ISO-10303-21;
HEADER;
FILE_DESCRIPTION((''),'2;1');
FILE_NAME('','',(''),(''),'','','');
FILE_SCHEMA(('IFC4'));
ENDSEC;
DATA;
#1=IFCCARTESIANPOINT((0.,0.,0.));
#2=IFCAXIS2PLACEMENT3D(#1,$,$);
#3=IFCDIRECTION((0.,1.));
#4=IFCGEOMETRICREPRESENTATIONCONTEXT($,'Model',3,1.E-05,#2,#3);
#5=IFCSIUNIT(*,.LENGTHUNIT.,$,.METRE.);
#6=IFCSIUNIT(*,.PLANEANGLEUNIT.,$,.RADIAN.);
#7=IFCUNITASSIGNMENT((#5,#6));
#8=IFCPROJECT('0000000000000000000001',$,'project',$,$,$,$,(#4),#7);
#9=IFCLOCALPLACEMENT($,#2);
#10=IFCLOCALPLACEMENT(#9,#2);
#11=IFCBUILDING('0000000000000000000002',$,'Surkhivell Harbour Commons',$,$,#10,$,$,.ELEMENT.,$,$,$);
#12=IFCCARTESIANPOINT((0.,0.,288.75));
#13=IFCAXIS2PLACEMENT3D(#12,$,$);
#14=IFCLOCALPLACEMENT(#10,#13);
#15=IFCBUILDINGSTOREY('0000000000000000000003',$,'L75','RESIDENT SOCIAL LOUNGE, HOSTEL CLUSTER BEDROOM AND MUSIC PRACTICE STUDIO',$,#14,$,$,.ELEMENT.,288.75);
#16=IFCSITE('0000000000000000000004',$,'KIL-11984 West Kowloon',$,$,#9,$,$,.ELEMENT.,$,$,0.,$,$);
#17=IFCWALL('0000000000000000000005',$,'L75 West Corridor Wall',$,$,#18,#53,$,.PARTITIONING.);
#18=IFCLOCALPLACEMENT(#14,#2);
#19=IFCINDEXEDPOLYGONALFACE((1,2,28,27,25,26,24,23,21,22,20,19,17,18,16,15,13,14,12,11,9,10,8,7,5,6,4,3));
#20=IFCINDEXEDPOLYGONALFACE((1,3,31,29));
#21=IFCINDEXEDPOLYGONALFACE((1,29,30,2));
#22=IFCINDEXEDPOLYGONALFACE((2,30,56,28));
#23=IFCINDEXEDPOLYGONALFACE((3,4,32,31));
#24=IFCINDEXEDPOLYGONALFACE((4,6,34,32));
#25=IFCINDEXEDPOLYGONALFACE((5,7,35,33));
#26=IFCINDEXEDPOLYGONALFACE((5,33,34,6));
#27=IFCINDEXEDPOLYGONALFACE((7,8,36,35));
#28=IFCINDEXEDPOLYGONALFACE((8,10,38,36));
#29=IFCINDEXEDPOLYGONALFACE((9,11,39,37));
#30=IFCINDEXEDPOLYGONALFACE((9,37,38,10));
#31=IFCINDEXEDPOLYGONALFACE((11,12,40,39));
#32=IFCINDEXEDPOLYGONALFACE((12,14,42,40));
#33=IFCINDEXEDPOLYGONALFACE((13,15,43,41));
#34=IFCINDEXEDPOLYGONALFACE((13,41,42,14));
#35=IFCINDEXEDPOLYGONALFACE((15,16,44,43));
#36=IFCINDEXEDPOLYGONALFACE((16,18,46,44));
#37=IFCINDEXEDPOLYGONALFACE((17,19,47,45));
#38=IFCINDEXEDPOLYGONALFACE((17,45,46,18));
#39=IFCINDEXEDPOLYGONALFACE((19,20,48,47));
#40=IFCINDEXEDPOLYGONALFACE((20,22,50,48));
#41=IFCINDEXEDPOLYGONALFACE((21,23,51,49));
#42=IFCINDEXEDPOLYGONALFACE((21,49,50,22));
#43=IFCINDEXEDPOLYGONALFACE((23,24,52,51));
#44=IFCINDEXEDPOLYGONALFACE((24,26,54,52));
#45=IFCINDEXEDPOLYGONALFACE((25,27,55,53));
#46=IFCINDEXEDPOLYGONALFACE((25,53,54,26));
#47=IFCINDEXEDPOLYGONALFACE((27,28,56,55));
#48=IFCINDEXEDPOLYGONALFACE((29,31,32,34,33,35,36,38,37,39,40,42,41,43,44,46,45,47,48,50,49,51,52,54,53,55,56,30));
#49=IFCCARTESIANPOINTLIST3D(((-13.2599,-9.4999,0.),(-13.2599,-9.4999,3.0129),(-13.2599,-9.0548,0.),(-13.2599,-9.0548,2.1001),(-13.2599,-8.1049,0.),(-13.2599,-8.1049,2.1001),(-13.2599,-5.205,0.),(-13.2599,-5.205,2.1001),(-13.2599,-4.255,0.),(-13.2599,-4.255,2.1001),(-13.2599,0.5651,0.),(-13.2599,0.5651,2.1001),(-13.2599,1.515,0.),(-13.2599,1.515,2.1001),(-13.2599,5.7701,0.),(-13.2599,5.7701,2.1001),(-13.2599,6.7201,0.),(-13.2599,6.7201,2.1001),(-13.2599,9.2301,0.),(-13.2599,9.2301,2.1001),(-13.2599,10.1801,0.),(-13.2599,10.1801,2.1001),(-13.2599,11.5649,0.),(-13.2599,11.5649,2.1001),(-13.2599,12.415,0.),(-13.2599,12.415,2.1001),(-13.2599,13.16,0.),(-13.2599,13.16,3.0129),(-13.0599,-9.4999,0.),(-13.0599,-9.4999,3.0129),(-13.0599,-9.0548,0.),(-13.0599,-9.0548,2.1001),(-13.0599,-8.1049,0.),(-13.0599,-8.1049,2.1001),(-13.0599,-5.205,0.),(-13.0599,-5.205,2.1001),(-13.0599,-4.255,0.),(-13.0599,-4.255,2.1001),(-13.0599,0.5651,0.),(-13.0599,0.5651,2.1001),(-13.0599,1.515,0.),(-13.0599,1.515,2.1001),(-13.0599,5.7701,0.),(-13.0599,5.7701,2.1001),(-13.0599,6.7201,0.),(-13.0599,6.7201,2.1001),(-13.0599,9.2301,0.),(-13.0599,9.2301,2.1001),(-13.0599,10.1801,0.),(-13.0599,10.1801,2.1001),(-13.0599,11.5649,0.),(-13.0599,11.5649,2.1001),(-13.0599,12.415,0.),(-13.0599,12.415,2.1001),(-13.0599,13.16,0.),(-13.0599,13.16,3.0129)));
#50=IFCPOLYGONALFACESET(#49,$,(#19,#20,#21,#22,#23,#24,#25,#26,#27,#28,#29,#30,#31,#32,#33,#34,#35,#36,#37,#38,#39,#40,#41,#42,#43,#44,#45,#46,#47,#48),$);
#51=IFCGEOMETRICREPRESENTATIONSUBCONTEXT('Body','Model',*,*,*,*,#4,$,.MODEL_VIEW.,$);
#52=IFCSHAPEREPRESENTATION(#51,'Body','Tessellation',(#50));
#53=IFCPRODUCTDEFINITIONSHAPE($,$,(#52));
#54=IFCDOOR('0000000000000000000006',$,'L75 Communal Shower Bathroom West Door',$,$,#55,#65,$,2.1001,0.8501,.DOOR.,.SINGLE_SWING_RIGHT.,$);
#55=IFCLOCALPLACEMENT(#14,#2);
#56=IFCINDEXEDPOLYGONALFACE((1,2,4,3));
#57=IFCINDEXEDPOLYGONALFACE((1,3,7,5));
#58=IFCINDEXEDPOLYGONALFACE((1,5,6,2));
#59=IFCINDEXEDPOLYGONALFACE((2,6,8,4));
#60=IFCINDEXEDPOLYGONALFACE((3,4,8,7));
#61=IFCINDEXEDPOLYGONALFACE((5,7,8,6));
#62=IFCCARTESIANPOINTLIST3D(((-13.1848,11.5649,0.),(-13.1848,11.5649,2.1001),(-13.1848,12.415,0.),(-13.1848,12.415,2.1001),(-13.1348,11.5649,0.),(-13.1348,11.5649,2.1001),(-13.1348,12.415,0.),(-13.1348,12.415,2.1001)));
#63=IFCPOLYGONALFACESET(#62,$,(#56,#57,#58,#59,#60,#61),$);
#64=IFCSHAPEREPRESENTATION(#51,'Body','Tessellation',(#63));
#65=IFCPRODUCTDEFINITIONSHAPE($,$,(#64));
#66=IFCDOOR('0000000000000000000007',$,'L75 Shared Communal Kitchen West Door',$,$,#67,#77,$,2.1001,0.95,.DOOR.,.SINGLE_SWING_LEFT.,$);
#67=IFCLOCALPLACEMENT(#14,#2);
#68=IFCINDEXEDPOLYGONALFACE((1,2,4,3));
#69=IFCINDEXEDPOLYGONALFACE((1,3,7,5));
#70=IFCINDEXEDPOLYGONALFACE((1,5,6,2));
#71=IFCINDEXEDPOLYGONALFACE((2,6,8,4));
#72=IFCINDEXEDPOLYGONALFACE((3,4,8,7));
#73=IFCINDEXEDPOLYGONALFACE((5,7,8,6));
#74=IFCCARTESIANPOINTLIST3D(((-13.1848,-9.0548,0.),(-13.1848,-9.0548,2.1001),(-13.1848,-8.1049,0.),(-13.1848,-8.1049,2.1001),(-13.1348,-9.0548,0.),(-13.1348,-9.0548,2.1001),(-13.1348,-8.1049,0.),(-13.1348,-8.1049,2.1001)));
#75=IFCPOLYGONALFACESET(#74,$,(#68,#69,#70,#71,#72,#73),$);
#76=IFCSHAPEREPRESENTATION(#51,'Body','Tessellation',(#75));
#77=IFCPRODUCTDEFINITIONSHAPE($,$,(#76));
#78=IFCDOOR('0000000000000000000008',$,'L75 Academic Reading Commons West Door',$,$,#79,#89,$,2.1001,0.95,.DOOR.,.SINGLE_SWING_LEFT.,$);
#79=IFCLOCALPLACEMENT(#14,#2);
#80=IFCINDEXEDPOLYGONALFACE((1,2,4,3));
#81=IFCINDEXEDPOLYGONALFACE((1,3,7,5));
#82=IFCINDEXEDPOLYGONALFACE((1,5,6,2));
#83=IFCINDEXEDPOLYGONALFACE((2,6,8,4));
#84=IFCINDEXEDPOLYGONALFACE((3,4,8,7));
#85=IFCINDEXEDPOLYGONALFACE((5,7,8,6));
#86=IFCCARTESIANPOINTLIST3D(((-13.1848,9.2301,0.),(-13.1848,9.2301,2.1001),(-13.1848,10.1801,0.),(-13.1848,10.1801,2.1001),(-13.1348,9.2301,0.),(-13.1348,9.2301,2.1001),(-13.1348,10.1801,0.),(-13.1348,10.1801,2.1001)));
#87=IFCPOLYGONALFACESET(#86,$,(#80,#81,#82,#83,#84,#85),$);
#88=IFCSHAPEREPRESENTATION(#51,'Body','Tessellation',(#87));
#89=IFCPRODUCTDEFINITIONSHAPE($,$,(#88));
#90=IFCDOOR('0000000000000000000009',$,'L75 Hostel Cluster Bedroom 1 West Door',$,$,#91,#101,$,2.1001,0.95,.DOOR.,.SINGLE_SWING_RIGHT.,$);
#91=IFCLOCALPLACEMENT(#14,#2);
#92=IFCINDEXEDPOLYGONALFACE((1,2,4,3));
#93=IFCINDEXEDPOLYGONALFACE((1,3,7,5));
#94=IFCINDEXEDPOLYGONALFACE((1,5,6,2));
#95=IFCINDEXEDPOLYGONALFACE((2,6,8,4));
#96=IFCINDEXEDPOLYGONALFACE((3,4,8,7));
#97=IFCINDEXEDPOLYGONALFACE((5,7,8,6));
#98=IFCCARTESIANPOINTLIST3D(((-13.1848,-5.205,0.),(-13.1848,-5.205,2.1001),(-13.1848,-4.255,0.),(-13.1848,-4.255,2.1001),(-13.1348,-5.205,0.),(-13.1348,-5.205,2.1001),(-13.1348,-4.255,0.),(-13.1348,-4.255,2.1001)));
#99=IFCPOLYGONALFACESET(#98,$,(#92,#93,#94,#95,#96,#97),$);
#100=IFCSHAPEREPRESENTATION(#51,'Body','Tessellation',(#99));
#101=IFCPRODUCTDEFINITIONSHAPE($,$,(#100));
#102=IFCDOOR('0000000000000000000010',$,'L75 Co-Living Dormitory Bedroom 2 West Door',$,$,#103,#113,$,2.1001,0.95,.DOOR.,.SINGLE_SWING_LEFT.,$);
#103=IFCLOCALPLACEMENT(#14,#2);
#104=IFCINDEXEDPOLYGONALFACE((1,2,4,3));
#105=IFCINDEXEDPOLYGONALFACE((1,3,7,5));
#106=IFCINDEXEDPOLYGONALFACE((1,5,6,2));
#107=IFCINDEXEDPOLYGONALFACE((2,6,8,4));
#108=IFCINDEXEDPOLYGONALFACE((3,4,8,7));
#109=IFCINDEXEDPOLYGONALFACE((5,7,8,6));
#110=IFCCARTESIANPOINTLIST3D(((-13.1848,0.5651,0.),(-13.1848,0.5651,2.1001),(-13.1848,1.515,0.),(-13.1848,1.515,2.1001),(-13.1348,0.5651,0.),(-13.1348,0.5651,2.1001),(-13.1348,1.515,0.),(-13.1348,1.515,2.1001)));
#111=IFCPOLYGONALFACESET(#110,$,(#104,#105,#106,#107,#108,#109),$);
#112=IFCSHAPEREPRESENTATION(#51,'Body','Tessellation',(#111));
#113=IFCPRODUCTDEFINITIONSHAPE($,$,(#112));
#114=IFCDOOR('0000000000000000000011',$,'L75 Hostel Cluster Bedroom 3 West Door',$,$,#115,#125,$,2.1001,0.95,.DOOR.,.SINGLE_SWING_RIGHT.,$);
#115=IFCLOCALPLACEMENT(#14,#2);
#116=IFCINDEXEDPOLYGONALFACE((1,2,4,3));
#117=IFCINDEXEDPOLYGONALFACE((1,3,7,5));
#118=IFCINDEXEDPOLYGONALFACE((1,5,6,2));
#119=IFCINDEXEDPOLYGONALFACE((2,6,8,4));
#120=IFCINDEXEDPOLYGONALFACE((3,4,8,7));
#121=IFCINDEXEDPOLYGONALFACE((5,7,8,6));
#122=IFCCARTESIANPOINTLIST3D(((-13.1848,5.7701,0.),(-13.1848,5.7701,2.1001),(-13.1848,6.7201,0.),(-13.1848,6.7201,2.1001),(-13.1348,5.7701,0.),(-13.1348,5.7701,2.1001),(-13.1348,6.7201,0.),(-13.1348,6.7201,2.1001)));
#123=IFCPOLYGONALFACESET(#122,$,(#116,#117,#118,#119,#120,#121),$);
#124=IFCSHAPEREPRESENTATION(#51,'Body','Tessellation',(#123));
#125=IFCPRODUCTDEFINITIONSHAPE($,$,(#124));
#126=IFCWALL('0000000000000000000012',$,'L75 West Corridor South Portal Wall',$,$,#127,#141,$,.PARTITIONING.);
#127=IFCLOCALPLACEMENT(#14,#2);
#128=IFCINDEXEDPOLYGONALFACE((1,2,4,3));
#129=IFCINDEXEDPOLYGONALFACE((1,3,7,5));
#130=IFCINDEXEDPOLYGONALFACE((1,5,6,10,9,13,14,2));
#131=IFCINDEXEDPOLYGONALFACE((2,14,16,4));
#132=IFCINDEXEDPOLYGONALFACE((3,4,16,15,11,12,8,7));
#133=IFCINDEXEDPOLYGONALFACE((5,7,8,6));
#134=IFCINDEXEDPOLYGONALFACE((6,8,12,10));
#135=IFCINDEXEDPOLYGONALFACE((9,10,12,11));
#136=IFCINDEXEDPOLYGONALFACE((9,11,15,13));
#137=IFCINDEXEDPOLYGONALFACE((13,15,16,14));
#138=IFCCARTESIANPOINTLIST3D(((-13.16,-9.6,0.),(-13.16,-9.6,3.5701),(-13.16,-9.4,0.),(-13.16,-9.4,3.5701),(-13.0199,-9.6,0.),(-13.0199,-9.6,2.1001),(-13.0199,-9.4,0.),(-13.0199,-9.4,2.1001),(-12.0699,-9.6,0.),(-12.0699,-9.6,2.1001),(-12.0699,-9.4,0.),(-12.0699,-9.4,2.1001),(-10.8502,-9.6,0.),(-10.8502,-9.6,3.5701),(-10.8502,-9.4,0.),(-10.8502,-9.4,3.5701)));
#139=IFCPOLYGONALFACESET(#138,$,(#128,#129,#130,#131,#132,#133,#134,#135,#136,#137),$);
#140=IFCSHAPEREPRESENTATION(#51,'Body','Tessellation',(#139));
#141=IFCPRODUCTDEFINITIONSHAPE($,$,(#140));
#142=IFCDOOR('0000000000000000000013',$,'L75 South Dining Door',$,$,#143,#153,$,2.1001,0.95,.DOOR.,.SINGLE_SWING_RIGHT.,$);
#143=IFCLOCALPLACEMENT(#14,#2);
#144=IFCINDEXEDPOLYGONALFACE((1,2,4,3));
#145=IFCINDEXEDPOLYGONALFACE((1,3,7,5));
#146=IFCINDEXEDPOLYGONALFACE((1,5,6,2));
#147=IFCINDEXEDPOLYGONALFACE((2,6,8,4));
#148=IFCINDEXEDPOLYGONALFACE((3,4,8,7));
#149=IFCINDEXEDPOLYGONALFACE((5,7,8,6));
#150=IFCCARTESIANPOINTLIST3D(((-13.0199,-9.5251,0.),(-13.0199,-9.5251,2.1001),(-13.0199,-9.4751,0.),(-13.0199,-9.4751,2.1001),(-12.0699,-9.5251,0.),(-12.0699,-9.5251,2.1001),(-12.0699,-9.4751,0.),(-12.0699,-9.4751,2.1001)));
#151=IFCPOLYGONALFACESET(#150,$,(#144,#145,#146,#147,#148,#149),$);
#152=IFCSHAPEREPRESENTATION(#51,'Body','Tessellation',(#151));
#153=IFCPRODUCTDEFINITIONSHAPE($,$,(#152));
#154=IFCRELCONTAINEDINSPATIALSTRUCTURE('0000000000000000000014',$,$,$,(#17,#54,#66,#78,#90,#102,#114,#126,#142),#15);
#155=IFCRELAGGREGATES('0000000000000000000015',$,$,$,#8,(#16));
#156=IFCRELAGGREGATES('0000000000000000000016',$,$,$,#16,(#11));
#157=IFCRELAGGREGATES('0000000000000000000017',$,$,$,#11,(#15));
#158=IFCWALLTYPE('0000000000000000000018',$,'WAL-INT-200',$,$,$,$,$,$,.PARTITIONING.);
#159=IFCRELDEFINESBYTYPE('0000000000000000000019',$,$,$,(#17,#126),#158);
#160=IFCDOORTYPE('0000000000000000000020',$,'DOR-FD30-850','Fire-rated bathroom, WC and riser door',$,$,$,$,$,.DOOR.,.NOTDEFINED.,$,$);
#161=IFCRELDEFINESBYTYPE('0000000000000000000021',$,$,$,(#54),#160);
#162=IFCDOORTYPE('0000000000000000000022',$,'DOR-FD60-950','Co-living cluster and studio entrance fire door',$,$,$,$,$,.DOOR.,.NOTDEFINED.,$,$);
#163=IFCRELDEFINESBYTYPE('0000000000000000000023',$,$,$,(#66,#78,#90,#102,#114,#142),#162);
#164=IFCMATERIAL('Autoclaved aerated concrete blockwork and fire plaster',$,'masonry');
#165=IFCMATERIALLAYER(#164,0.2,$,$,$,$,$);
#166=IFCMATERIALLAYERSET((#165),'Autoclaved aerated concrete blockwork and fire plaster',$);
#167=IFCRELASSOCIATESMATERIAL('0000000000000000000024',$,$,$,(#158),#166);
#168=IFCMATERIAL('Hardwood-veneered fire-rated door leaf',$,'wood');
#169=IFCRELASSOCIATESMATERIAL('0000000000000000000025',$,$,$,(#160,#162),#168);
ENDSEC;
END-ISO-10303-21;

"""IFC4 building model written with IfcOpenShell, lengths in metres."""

from ifc_helpers import new_model, si_unit, direction, frame, frame_2d, origin, place, context, subcontext, project, spatial, rectangle, extrude, material, layer, layer_set, type_object, element, fill, save


model = new_model("IFC4")

# Units and contexts
model_context = context("Model", 3, precision=1e-05, world=origin(), true_north=direction((0.0, 1.0)))
body_context = subcontext(model_context, "Body", "Model", "MODEL_VIEW")
ifc_project = project(units=[si_unit("LENGTHUNIT", "METRE"), si_unit("PLANEANGLEUNIT", "RADIAN")], contexts=[model_context])

# Site, building, storey
site_placement = place(None, origin())
site = spatial("IfcSite", under=ifc_project, at=site_placement, Name="KIL-11984 West Kowloon", CompositionType="ELEMENT", RefElevation=0.0)
building_placement = place(site_placement, origin())
building = spatial("IfcBuilding", under=site, at=building_placement, Name="Surkhivell Harbour Commons", CompositionType="ELEMENT")
storey_placement = place(building_placement, frame((0.0, 0.0, 288.75)))
storey = spatial("IfcBuildingStorey", under=building, at=storey_placement, Name="L75", Description="RESIDENT SOCIAL LOUNGE, HOSTEL CLUSTER BEDROOM AND MUSIC PRACTICE STUDIO", CompositionType="ELEMENT", Elevation=288.75)

# Shared definitions
ifc_material_1 = material(Name="Hardwood-veneered fire-rated door leaf", Category="wood")

# Wall, openings, doors
ifc_material_2 = material(Name="Autoclaved aerated concrete blockwork and fire plaster", Category="masonry")
ifc_layer_1 = layer(ifc_material_2, 0.2)
ifc_layer_set_1 = layer_set([ifc_layer_1], Name="Autoclaved aerated concrete blockwork and fire plaster")
wall_type_1 = type_object("IfcWallType", Name="WAL-INT-200", PredefinedType="PARTITIONING", material=ifc_layer_set_1)
wall_1_placement = place(storey_placement, frame((-13.1599, -9.5, 0.0), z_axis=(0.0, 0.0, 1.0), x_axis=(0.0, 1.0, 0.0)))
wall_1 = element("IfcWall", 1, at=wall_1_placement, inside=storey, type_object=wall_type_1, Name="L75 West Corridor Wall", PredefinedType="PARTITIONING", context=body_context, shape_type="SweptSolid", body=[
    extrude(rectangle(XDim=22.6599, YDim=0.2, at=frame_2d((11.3301, 0.0))), origin(), (0.0, 0.0, 1.0), 3.0129),
])
opening_1_placement = place(wall_1_placement, frame((0.4451, 0.0, 0.0)))
opening_1 = element("IfcOpeningElement", 2, at=opening_1_placement, cuts=wall_1, PredefinedType="OPENING", context=body_context, shape_type="SweptSolid", body=[
    extrude(rectangle(XDim=0.95, YDim=2.1001, at=frame_2d((0.4751, 1.05))), frame((0.0, 0.1099, 0.0), z_axis=(0.0, -1.0, 0.0), x_axis=(1.0, 0.0, 0.0)), (0.0, 0.0, 1.0), 0.22),
])
opening_2_placement = place(wall_1_placement, frame((21.0649, 0.0, 0.0)))
opening_2 = element("IfcOpeningElement", 3, at=opening_2_placement, cuts=wall_1, PredefinedType="OPENING", context=body_context, shape_type="SweptSolid", body=[
    extrude(rectangle(XDim=0.8501, YDim=2.1001, at=frame_2d((0.425, 1.05))), frame((0.0, 0.1099, 0.0), z_axis=(0.0, -1.0, 0.0), x_axis=(1.0, 0.0, 0.0)), (0.0, 0.0, 1.0), 0.22),
])
opening_3_placement = place(wall_1_placement, frame((18.73, 0.0, 0.0)))
opening_3 = element("IfcOpeningElement", 4, at=opening_3_placement, cuts=wall_1, PredefinedType="OPENING", context=body_context, shape_type="SweptSolid", body=[
    extrude(rectangle(XDim=0.95, YDim=2.1001, at=frame_2d((0.4751, 1.05))), frame((0.0, 0.1099, 0.0), z_axis=(0.0, -1.0, 0.0), x_axis=(1.0, 0.0, 0.0)), (0.0, 0.0, 1.0), 0.22),
])
opening_4_placement = place(wall_1_placement, frame((4.2949, 0.0, 0.0)))
opening_4 = element("IfcOpeningElement", 5, at=opening_4_placement, cuts=wall_1, PredefinedType="OPENING", context=body_context, shape_type="SweptSolid", body=[
    extrude(rectangle(XDim=0.95, YDim=2.1001, at=frame_2d((0.4751, 1.05))), frame((0.0, 0.1099, 0.0), z_axis=(0.0, -1.0, 0.0), x_axis=(1.0, 0.0, 0.0)), (0.0, 0.0, 1.0), 0.22),
])
opening_5_placement = place(wall_1_placement, frame((10.0649, 0.0, 0.0)))
opening_5 = element("IfcOpeningElement", 6, at=opening_5_placement, cuts=wall_1, PredefinedType="OPENING", context=body_context, shape_type="SweptSolid", body=[
    extrude(rectangle(XDim=0.95, YDim=2.1001, at=frame_2d((0.4751, 1.05))), frame((0.0, 0.1099, 0.0), z_axis=(0.0, -1.0, 0.0), x_axis=(1.0, 0.0, 0.0)), (0.0, 0.0, 1.0), 0.22),
])
opening_6_placement = place(wall_1_placement, frame((15.27, 0.0, 0.0)))
opening_6 = element("IfcOpeningElement", 7, at=opening_6_placement, cuts=wall_1, PredefinedType="OPENING", context=body_context, shape_type="SweptSolid", body=[
    extrude(rectangle(XDim=0.95, YDim=2.1001, at=frame_2d((0.4751, 1.05))), frame((0.0, 0.1099, 0.0), z_axis=(0.0, -1.0, 0.0), x_axis=(1.0, 0.0, 0.0)), (0.0, 0.0, 1.0), 0.22),
])
door_type_1 = type_object("IfcDoorType", Name="DOR-FD30-850", Description="Fire-rated bathroom, WC and riser door", OperationType="NOTDEFINED", PredefinedType="DOOR", material=ifc_material_1)
door_1_placement = place(opening_2_placement, origin())
door_1 = element("IfcDoor", 8, at=door_1_placement, inside=storey, type_object=door_type_1, Name="L75 Communal Shower Bathroom West Door", OperationType="SINGLE_SWING_RIGHT", OverallHeight=2.1001, OverallWidth=0.8501, PredefinedType="DOOR", context=body_context, shape_type="SweptSolid", body=[
    extrude(rectangle(XDim=0.8501, YDim=2.1001, at=frame_2d((0.425, 1.05))), frame((0.0, 0.0249, 0.0), z_axis=(0.0, -1.0, 0.0), x_axis=(1.0, 0.0, 0.0)), (0.0, 0.0, 1.0), 0.05),
])
fill(opening_2, door_1)
door_type_2 = type_object("IfcDoorType", Name="DOR-FD60-950", Description="Co-living cluster and studio entrance fire door", OperationType="NOTDEFINED", PredefinedType="DOOR", material=ifc_material_1)
door_2_placement = place(opening_1_placement, origin())
door_2 = element("IfcDoor", 9, at=door_2_placement, inside=storey, type_object=door_type_2, Name="L75 Shared Communal Kitchen West Door", OperationType="SINGLE_SWING_LEFT", OverallHeight=2.1001, OverallWidth=0.95, PredefinedType="DOOR", context=body_context, shape_type="SweptSolid", body=[
    extrude(rectangle(XDim=0.95, YDim=2.1001, at=frame_2d((0.4751, 1.05))), frame((0.0, 0.0249, 0.0), z_axis=(0.0, -1.0, 0.0), x_axis=(1.0, 0.0, 0.0)), (0.0, 0.0, 1.0), 0.05),
])
fill(opening_1, door_2)
door_3_placement = place(opening_3_placement, origin())
door_3 = element("IfcDoor", 10, at=door_3_placement, inside=storey, type_object=door_type_2, Name="L75 Academic Reading Commons West Door", OperationType="SINGLE_SWING_LEFT", OverallHeight=2.1001, OverallWidth=0.95, PredefinedType="DOOR", context=body_context, shape_type="SweptSolid", body=[
    extrude(rectangle(XDim=0.95, YDim=2.1001, at=frame_2d((0.4751, 1.05))), frame((0.0, 0.0249, 0.0), z_axis=(0.0, -1.0, 0.0), x_axis=(1.0, 0.0, 0.0)), (0.0, 0.0, 1.0), 0.05),
])
fill(opening_3, door_3)
door_4_placement = place(opening_4_placement, origin())
door_4 = element("IfcDoor", 11, at=door_4_placement, inside=storey, type_object=door_type_2, Name="L75 Hostel Cluster Bedroom 1 West Door", OperationType="SINGLE_SWING_RIGHT", OverallHeight=2.1001, OverallWidth=0.95, PredefinedType="DOOR", context=body_context, shape_type="SweptSolid", body=[
    extrude(rectangle(XDim=0.95, YDim=2.1001, at=frame_2d((0.4751, 1.05))), frame((0.0, 0.0249, 0.0), z_axis=(0.0, -1.0, 0.0), x_axis=(1.0, 0.0, 0.0)), (0.0, 0.0, 1.0), 0.05),
])
fill(opening_4, door_4)
door_5_placement = place(opening_5_placement, origin())
door_5 = element("IfcDoor", 12, at=door_5_placement, inside=storey, type_object=door_type_2, Name="L75 Co-Living Dormitory Bedroom 2 West Door", OperationType="SINGLE_SWING_LEFT", OverallHeight=2.1001, OverallWidth=0.95, PredefinedType="DOOR", context=body_context, shape_type="SweptSolid", body=[
    extrude(rectangle(XDim=0.95, YDim=2.1001, at=frame_2d((0.4751, 1.05))), frame((0.0, 0.0249, 0.0), z_axis=(0.0, -1.0, 0.0), x_axis=(1.0, 0.0, 0.0)), (0.0, 0.0, 1.0), 0.05),
])
fill(opening_5, door_5)
door_6_placement = place(opening_6_placement, origin())
door_6 = element("IfcDoor", 13, at=door_6_placement, inside=storey, type_object=door_type_2, Name="L75 Hostel Cluster Bedroom 3 West Door", OperationType="SINGLE_SWING_RIGHT", OverallHeight=2.1001, OverallWidth=0.95, PredefinedType="DOOR", context=body_context, shape_type="SweptSolid", body=[
    extrude(rectangle(XDim=0.95, YDim=2.1001, at=frame_2d((0.4751, 1.05))), frame((0.0, 0.0249, 0.0), z_axis=(0.0, -1.0, 0.0), x_axis=(1.0, 0.0, 0.0)), (0.0, 0.0, 1.0), 0.05),
])
fill(opening_6, door_6)

# Wall, opening, door
wall_2_placement = place(storey_placement, frame((-13.1599, -9.5, 0.0), z_axis=(0.0, 0.0, 1.0), x_axis=(1.0, 0.0, 0.0)))
wall_2 = element("IfcWall", 14, at=wall_2_placement, inside=storey, type_object=wall_type_1, Name="L75 West Corridor South Portal Wall", PredefinedType="PARTITIONING", context=body_context, shape_type="SweptSolid", body=[
    extrude(rectangle(XDim=2.3098, YDim=0.2, at=frame_2d((1.1548, 0.0))), origin(), (0.0, 0.0, 1.0), 3.5701),
])
opening_7_placement = place(wall_2_placement, frame((0.1399, 0.0, 0.0)))
opening_7 = element("IfcOpeningElement", 15, at=opening_7_placement, cuts=wall_2, PredefinedType="OPENING", context=body_context, shape_type="SweptSolid", body=[
    extrude(rectangle(XDim=0.95, YDim=2.1001, at=frame_2d((0.4751, 1.05))), frame((0.0, 0.1099, 0.0), z_axis=(0.0, -1.0, 0.0), x_axis=(1.0, 0.0, 0.0)), (0.0, 0.0, 1.0), 0.22),
])
door_7_placement = place(opening_7_placement, origin())
door_7 = element("IfcDoor", 16, at=door_7_placement, inside=storey, type_object=door_type_2, Name="L75 South Dining Door", OperationType="SINGLE_SWING_RIGHT", OverallHeight=2.1001, OverallWidth=0.95, PredefinedType="DOOR", context=body_context, shape_type="SweptSolid", body=[
    extrude(rectangle(XDim=0.95, YDim=2.1001, at=frame_2d((0.4751, 1.05))), frame((0.0, 0.0249, 0.0), z_axis=(0.0, -1.0, 0.0), x_axis=(1.0, 0.0, 0.0)), (0.0, 0.0, 1.0), 0.05),
])
fill(opening_7, door_7)

save(model, "model.ifc")
